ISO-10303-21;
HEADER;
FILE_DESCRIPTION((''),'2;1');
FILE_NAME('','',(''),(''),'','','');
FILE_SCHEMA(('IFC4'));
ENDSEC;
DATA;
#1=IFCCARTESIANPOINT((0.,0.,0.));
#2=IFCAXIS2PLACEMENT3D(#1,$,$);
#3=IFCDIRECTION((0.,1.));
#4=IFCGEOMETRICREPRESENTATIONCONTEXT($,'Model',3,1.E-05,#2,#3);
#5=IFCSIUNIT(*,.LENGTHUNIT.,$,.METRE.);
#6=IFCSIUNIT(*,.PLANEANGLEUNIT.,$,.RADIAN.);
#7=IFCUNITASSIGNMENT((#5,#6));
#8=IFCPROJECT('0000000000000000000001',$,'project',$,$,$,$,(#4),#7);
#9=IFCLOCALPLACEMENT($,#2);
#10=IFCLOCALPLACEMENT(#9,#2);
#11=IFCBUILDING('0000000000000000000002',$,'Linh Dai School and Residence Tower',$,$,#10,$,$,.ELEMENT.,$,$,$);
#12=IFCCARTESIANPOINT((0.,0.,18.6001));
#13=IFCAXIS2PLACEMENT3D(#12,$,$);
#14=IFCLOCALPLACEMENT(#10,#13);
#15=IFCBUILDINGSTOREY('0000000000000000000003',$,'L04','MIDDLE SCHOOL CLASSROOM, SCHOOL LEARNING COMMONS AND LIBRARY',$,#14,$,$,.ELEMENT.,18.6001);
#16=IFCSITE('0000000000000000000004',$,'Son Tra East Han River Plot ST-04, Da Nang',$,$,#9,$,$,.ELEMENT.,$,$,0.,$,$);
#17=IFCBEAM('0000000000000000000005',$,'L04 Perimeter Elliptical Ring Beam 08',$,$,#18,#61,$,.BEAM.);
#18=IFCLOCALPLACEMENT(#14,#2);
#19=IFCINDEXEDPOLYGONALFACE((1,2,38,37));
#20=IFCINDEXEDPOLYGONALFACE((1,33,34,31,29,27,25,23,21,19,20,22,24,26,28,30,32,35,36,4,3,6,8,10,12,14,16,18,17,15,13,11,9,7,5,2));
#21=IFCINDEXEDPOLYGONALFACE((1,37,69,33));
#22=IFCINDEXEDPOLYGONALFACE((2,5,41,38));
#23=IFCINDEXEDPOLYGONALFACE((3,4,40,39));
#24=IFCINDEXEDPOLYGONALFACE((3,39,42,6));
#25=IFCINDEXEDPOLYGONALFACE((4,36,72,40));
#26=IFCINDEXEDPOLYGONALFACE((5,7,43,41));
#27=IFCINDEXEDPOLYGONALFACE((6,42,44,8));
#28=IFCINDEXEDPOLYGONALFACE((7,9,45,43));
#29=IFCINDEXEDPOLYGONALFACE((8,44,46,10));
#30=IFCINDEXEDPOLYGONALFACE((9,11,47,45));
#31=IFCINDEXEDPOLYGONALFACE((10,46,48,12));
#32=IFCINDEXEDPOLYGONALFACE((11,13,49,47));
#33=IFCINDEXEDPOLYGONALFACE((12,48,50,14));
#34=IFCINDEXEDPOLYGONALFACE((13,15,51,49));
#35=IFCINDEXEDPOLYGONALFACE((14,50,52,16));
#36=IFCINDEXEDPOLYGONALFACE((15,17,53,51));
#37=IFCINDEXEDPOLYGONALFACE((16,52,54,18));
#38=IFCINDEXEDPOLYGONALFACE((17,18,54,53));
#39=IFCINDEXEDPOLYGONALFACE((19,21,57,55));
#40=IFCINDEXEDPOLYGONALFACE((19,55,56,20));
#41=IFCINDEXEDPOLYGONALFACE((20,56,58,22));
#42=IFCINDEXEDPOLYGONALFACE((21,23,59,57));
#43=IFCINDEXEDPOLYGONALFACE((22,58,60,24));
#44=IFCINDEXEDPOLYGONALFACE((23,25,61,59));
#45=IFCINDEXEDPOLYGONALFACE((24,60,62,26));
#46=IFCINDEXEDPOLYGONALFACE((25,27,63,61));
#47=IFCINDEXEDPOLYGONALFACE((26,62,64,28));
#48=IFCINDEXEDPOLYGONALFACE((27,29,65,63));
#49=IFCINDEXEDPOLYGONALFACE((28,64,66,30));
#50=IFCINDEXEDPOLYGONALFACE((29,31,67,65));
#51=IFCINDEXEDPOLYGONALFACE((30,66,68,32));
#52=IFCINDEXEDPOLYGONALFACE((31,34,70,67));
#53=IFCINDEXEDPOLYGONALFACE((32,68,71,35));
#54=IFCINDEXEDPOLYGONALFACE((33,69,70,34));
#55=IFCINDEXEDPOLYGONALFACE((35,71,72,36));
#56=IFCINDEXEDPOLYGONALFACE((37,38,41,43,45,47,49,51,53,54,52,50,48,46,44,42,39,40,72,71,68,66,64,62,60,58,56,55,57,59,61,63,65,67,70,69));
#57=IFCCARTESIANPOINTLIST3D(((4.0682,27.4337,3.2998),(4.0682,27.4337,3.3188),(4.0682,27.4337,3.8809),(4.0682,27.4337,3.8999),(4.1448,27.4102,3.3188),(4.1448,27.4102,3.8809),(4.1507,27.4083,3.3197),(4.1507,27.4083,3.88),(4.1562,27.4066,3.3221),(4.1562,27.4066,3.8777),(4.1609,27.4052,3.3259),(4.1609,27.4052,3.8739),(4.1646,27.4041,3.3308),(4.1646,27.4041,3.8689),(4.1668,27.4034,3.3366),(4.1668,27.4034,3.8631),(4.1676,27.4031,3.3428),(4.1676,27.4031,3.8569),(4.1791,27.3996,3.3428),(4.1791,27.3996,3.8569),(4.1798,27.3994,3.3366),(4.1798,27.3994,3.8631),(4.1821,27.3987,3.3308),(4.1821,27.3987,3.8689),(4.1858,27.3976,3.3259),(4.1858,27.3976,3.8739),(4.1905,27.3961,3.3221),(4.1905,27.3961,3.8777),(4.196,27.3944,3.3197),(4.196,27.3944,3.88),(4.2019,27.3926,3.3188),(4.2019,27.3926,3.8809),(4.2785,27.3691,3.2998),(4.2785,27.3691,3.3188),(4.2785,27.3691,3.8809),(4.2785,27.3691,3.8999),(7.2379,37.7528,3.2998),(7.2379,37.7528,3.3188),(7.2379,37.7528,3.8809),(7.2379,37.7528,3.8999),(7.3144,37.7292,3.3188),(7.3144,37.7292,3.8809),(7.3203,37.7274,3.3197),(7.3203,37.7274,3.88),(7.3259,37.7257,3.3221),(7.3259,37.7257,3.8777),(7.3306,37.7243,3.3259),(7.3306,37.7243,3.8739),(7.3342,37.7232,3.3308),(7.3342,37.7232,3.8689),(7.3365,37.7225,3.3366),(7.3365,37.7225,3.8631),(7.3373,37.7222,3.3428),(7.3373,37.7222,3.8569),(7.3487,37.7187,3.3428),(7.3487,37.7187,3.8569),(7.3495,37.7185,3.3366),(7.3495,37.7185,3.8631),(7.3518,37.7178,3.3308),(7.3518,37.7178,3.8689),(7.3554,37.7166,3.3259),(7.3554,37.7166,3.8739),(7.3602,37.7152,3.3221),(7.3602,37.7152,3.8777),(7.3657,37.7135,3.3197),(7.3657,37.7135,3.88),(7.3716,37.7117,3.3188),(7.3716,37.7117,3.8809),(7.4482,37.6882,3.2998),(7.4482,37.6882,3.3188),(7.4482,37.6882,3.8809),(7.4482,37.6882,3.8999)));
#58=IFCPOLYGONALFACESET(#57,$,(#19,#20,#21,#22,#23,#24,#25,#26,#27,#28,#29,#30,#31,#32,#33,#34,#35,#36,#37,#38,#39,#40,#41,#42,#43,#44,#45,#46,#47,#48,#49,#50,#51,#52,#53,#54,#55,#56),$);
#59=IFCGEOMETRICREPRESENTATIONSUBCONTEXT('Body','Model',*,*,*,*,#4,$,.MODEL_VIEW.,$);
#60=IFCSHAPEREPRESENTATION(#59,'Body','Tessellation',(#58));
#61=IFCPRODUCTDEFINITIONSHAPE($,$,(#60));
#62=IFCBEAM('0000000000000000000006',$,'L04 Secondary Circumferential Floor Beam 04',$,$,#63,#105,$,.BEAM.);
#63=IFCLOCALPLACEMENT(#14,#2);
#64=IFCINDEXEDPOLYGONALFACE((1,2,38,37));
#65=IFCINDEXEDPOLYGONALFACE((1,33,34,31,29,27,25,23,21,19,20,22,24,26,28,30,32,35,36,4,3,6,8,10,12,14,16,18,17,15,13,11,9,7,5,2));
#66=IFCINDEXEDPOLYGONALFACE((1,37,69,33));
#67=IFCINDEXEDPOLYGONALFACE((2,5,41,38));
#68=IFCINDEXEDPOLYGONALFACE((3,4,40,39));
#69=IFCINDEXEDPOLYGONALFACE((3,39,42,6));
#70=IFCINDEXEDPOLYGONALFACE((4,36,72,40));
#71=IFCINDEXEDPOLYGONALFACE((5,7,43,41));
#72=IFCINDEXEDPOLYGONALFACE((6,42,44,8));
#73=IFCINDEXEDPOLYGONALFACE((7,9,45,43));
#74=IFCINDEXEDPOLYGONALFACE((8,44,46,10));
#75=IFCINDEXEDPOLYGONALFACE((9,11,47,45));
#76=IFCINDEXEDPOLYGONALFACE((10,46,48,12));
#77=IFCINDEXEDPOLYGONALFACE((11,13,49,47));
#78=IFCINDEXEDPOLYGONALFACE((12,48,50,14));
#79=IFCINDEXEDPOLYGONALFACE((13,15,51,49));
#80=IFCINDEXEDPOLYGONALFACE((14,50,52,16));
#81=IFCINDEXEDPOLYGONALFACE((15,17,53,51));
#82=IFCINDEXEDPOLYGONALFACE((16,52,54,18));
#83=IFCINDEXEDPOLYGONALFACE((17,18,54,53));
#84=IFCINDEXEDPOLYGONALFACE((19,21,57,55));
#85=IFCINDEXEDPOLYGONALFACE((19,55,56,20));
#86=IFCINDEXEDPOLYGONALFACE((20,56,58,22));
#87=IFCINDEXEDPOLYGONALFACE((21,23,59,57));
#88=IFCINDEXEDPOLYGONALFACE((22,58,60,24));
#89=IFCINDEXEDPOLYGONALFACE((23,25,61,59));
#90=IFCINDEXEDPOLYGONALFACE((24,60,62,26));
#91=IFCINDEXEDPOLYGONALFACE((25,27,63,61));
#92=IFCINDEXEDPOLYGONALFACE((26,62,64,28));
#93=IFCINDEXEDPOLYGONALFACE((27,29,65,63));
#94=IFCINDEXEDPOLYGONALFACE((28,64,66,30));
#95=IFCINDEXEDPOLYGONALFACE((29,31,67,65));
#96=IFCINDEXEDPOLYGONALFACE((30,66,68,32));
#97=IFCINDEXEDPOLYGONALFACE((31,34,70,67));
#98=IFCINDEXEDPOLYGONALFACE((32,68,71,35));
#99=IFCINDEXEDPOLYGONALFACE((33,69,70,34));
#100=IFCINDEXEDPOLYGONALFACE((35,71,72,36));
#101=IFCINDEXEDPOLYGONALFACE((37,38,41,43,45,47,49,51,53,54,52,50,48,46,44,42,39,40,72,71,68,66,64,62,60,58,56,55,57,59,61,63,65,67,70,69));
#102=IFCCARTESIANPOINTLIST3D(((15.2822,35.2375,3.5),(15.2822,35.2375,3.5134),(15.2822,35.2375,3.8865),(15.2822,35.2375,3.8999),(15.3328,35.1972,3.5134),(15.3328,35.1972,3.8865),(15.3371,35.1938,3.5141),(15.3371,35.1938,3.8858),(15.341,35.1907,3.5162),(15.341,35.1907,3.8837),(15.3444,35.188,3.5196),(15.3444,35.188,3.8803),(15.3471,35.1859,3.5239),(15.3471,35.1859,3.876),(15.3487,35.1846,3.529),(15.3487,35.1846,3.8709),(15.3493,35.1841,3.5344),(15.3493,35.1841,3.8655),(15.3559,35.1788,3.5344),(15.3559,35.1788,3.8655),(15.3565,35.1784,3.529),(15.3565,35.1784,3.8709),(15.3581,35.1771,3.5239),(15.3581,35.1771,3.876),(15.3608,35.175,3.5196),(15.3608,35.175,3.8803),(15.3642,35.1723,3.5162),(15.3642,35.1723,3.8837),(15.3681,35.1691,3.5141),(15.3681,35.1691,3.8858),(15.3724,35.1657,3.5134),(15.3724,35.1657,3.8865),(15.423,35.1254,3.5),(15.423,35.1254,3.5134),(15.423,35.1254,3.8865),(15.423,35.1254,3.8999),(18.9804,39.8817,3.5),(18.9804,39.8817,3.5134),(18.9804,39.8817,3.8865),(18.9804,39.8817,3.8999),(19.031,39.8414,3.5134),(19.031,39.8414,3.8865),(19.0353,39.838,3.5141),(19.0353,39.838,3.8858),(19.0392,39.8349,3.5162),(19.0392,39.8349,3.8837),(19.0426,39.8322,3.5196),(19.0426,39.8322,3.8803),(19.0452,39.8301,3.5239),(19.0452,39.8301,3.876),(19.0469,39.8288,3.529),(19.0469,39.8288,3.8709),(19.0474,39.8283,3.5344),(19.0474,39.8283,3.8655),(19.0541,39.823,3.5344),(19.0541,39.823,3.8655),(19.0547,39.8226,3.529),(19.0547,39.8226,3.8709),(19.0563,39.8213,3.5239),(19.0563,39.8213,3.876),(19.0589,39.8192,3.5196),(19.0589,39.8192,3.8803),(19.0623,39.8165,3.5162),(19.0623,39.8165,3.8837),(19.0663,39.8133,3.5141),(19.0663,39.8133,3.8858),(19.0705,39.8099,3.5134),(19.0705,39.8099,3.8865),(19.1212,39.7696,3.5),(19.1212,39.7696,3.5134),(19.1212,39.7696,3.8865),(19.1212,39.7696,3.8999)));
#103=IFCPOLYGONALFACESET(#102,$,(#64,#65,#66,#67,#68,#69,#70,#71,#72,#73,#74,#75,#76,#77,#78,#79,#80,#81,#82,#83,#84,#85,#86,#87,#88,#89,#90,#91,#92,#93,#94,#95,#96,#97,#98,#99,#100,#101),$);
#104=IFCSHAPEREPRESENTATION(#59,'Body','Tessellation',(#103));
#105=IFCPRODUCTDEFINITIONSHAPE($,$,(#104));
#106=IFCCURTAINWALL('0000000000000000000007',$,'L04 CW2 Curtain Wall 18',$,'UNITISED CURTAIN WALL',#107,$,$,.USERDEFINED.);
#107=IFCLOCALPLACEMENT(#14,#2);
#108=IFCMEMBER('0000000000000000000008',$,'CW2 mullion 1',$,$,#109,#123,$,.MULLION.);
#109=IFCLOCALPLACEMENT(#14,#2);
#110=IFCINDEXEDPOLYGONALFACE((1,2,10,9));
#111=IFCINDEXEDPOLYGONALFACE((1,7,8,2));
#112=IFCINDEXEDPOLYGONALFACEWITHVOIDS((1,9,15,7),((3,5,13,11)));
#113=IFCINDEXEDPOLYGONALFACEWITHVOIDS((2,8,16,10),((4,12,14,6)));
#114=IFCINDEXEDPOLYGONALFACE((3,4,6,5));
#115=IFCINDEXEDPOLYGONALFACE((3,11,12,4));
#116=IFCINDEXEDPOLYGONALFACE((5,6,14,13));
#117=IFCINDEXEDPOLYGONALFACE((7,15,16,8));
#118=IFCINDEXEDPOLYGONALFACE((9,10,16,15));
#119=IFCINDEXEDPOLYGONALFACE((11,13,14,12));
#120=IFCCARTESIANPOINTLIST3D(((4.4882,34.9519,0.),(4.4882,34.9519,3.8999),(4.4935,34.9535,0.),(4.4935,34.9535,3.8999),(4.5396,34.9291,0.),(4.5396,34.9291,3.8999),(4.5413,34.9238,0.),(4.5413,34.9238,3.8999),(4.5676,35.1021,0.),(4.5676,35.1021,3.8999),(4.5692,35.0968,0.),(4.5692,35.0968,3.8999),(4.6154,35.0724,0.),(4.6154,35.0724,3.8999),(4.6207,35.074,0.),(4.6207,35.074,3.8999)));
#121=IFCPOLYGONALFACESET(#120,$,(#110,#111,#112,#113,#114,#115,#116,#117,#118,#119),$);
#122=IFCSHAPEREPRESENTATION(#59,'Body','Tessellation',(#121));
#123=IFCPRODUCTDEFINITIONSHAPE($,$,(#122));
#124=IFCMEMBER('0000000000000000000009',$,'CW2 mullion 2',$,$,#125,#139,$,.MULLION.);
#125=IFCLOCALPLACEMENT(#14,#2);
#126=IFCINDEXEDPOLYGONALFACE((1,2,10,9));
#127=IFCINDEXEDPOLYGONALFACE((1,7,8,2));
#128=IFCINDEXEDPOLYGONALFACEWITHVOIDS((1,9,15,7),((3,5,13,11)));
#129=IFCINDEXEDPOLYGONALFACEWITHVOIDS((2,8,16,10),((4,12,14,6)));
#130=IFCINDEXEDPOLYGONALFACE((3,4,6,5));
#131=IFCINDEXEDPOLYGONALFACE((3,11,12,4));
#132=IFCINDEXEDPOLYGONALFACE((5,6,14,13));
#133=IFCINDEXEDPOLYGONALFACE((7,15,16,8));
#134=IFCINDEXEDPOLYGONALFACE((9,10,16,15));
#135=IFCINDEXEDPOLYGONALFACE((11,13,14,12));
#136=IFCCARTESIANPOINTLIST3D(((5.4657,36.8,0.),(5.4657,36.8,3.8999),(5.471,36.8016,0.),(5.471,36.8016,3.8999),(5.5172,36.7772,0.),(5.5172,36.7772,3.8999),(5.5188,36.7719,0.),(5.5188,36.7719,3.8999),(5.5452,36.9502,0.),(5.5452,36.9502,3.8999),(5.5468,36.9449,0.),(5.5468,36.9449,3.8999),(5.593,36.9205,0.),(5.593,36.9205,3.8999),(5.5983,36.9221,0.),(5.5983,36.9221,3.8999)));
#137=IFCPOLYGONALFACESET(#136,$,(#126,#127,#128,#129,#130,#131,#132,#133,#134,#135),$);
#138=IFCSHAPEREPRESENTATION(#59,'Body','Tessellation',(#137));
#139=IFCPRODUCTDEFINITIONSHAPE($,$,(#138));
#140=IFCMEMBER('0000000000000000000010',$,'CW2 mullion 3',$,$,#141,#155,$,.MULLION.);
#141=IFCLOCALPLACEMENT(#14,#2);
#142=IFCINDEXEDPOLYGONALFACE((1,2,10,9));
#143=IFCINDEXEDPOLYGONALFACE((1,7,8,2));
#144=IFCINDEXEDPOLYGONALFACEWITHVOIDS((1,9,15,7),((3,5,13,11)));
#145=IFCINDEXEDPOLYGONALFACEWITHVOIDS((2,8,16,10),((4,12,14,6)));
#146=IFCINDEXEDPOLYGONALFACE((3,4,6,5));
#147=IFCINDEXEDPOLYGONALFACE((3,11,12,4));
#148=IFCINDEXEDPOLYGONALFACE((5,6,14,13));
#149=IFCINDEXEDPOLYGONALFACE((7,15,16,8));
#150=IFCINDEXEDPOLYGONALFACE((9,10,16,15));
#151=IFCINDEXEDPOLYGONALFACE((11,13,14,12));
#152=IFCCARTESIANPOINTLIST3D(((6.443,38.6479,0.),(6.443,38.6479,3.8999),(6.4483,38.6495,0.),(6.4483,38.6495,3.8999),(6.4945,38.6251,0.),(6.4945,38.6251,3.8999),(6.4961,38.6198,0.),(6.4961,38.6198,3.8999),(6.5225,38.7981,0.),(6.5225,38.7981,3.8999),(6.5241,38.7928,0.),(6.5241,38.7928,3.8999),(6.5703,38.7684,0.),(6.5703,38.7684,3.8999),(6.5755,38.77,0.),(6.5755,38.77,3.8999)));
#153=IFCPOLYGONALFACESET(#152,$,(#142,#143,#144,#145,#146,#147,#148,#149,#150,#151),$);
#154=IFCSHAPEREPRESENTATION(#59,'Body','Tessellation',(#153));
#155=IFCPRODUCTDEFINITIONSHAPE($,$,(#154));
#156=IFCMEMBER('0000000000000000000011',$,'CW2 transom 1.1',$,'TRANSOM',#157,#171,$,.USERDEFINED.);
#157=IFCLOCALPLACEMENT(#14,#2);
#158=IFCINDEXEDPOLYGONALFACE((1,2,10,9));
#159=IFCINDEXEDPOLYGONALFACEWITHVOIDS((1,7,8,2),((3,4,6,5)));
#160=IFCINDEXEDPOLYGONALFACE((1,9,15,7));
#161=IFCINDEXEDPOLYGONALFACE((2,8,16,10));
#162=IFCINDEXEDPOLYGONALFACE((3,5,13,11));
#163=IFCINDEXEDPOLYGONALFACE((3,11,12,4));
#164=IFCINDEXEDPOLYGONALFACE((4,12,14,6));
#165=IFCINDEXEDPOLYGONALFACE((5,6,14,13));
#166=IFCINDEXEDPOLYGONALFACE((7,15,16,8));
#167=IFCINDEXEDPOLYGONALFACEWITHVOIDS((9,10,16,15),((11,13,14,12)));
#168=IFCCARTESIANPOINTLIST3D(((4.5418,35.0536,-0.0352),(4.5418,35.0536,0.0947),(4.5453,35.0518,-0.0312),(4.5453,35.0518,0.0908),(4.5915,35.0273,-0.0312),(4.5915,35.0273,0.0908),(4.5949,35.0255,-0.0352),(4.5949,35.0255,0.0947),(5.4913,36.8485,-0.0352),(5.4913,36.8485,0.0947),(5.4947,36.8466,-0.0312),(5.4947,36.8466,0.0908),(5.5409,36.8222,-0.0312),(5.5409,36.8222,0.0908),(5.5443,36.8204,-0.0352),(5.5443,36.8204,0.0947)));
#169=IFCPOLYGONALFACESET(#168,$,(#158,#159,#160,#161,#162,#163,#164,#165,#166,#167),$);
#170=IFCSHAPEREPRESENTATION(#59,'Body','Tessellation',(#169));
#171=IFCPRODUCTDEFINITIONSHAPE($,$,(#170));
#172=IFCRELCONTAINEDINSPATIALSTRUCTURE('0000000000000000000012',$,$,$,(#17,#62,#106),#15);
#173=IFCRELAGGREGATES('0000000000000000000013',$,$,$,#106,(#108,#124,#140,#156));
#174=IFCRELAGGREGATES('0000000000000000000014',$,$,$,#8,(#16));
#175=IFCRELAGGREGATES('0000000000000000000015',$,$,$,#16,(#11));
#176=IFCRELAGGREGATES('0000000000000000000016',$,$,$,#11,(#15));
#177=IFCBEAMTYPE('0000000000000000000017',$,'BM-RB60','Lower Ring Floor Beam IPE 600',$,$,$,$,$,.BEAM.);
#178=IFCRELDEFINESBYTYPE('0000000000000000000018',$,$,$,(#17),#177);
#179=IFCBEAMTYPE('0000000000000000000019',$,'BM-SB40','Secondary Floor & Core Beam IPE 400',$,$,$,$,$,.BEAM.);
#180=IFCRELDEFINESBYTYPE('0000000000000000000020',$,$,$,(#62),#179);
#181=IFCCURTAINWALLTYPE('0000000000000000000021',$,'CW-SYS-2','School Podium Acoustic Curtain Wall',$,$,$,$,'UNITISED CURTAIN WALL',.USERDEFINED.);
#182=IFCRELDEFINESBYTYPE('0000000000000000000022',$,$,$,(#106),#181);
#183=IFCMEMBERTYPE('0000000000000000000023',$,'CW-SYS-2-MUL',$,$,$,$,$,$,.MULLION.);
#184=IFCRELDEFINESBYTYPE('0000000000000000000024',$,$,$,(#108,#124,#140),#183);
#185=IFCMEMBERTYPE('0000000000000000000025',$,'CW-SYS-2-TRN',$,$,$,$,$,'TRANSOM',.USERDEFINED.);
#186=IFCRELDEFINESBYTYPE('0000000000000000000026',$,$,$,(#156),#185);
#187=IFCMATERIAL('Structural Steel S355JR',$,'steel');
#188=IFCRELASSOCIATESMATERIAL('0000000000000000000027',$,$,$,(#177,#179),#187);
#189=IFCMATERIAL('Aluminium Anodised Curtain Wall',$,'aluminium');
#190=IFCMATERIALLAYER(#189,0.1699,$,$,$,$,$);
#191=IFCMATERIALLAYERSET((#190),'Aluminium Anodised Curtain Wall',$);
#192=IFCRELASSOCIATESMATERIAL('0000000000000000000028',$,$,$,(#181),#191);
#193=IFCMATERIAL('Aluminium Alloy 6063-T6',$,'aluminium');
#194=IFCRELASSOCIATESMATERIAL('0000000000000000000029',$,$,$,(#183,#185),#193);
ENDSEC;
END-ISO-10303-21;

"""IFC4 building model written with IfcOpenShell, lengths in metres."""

from ifc_helpers import new_model, si_unit, direction, frame, origin, origin_2d, place, context, subcontext, project, spatial, hollow_rectangle, i_section, extrude, source, transform, mapped, material, layer, layer_set, material_profile, profile_set, type_object, element, aggregate, save


model = new_model("IFC4")

# Units and contexts
model_context = context("Model", 3, precision=1e-05, world=origin(), true_north=direction((0.0, 1.0)))
body_context = subcontext(model_context, "Body", "Model", "MODEL_VIEW")
ifc_project = project(units=[si_unit("LENGTHUNIT", "METRE"), si_unit("PLANEANGLEUNIT", "RADIAN")], contexts=[model_context])

# Site, building, storey
site_placement = place(None, origin())
site = spatial("IfcSite", under=ifc_project, at=site_placement, Name="Son Tra East Han River Plot ST-04, Da Nang", CompositionType="ELEMENT", RefElevation=0.0)
building_placement = place(site_placement, origin())
building = spatial("IfcBuilding", under=site, at=building_placement, Name="Linh Dai School and Residence Tower", CompositionType="ELEMENT")
storey_placement = place(building_placement, frame((0.0, 0.0, 18.6001)))
storey = spatial("IfcBuildingStorey", under=building, at=storey_placement, Name="L04", Description="MIDDLE SCHOOL CLASSROOM, SCHOOL LEARNING COMMONS AND LIBRARY", CompositionType="ELEMENT", Elevation=18.6001)

# Shared definitions
ifc_material_1 = material(Name="Structural Steel S355JR", Category="steel")

# Beams
ifc_material_profile_1 = material_profile(ifc_material_1, i_section(OverallWidth=0.22, OverallDepth=0.6001, WebThickness=0.012, FlangeThickness=0.019, FilletRadius=0.0239, at=origin_2d()), Name="IPE 600")
ifc_profile_set_1 = profile_set([ifc_material_profile_1], Name="Structural Steel S355JR")
beam_type_1 = type_object("IfcBeamType", Name="BM-RB60", Description="Lower Ring Floor Beam IPE 600", PredefinedType="BEAM", material=ifc_profile_set_1)
beam_1_placement = place(storey_placement, frame((7.343, 37.7205, 3.5999), z_axis=(-0.293627, -0.95592, 0.0), x_axis=(0.95592, -0.293627, 0.0)))
element("IfcBeam", 1, at=beam_1_placement, inside=storey, type_object=beam_type_1, Name="L04 Perimeter Elliptical Ring Beam 08", PredefinedType="BEAM", context=body_context, shape_type="SweptSolid", body=[
    extrude(i_section(OverallWidth=0.22, OverallDepth=0.6001, WebThickness=0.012, FlangeThickness=0.019, FilletRadius=0.0239, at=origin_2d()), origin(), (0.0, 0.0, 1.0), 10.7949),
])
ifc_material_profile_2 = material_profile(ifc_material_1, i_section(OverallWidth=0.1799, OverallDepth=0.3999, WebThickness=0.0085, FlangeThickness=0.0134, FilletRadius=0.021, at=origin_2d()), Name="IPE 400")
ifc_profile_set_2 = profile_set([ifc_material_profile_2], Name="Structural Steel S355JR")
beam_type_2 = type_object("IfcBeamType", Name="BM-SB40", Description="Secondary Floor & Core Beam IPE 400", PredefinedType="BEAM", material=ifc_profile_set_2)
beam_2_placement = place(storey_placement, frame((19.0508, 39.8257, 3.7), z_axis=(-0.622928, -0.782279, 0.0), x_axis=(0.782279, -0.622928, 0.0)))
element("IfcBeam", 2, at=beam_2_placement, inside=storey, type_object=beam_type_2, Name="L04 Secondary Circumferential Floor Beam 04", PredefinedType="BEAM", context=body_context, shape_type="SweptSolid", body=[
    extrude(i_section(OverallWidth=0.1799, OverallDepth=0.3999, WebThickness=0.0085, FlangeThickness=0.0134, FilletRadius=0.021, at=origin_2d()), origin(), (0.0, 0.0, 1.0), 5.9368),
])

# Curtain wall, members
ifc_material_2 = material(Name="Aluminium Anodised Curtain Wall", Category="aluminium")
ifc_layer_1 = layer(ifc_material_2, 0.1699)
ifc_layer_set_1 = layer_set([ifc_layer_1], Name="Aluminium Anodised Curtain Wall")
curtain_wall_type = type_object("IfcCurtainWallType", Name="CW-SYS-2", Description="School Podium Acoustic Curtain Wall", ElementType="UNITISED CURTAIN WALL", PredefinedType="USERDEFINED", material=ifc_layer_set_1)
curtain_wall_placement = place(storey_placement, origin())
curtain_wall = element("IfcCurtainWall", 3, at=curtain_wall_placement, inside=storey, type_object=curtain_wall_type, Name="L04 CW2 Curtain Wall 18", ObjectType="UNITISED CURTAIN WALL", PredefinedType="USERDEFINED")
ifc_material_3 = material(Name="Aluminium Alloy 6063-T6", Category="aluminium")
ifc_material_profile_3 = material_profile(ifc_material_3, hollow_rectangle(XDim=0.0601, YDim=0.1699, WallThickness=0.0039, at=origin_2d()), Name="RHS 170x60x4")
ifc_profile_set_3 = profile_set([ifc_material_profile_3], Name="Aluminium Alloy 6063-T6")
member_type_1 = type_object("IfcMemberType", Name="CW-SYS-2-MUL", PredefinedType="MULLION", material=ifc_profile_set_3)
shared_shape_1 = source(origin(), body_context, "Body", "SweptSolid", [
    extrude(hollow_rectangle(XDim=0.0601, YDim=0.1699, WallThickness=0.0039, at=origin_2d()), origin(), (0.0, 0.0, 1.0), 3.8999),
])
member_1_placement = place(storey_placement, frame((4.5544, 35.0129, 0.0), z_axis=(0.0, 0.0, 1.0), x_axis=(-0.883964, 0.467555, 0.0)))
member_1 = element("IfcMember", 4, at=member_1_placement, type_object=member_type_1, Name="CW2 mullion 1", PredefinedType="MULLION", context=body_context, shape_type="MappedRepresentation", body=[
    mapped(shared_shape_1, transform((0.0, 0.0, 0.0), x_axis=(1.0, 0.0, 0.0), y_axis=(0.0, 1.0, 0.0), z_axis=(0.0, 0.0, 1.0), scale=1.0)),
])
member_2_placement = place(storey_placement, frame((5.532, 36.8611, 0.0), z_axis=(0.0, 0.0, 1.0), x_axis=(-0.883964, 0.467555, 0.0)))
member_2 = element("IfcMember", 5, at=member_2_placement, type_object=member_type_1, Name="CW2 mullion 2", PredefinedType="MULLION", context=body_context, shape_type="MappedRepresentation", body=[
    mapped(shared_shape_1, transform((0.0, 0.0, 0.0), x_axis=(1.0, 0.0, 0.0), y_axis=(0.0, 1.0, 0.0), z_axis=(0.0, 0.0, 1.0), scale=1.0)),
])
member_3_placement = place(storey_placement, frame((6.5093, 38.709, 0.0), z_axis=(0.0, 0.0, 1.0), x_axis=(-0.883964, 0.467555, 0.0)))
member_3 = element("IfcMember", 6, at=member_3_placement, type_object=member_type_1, Name="CW2 mullion 3", PredefinedType="MULLION", context=body_context, shape_type="MappedRepresentation", body=[
    mapped(shared_shape_1, transform((0.0, 0.0, 0.0), x_axis=(1.0, 0.0, 0.0), y_axis=(0.0, 1.0, 0.0), z_axis=(0.0, 0.0, 1.0), scale=1.0)),
])
ifc_material_profile_4 = material_profile(ifc_material_3, hollow_rectangle(XDim=0.0601, YDim=0.1299, WallThickness=0.0039, at=origin_2d()), Name="RHS 130x60x4")
ifc_profile_set_4 = profile_set([ifc_material_profile_4], Name="Aluminium Alloy 6063-T6")
member_type_2 = type_object("IfcMemberType", Name="CW-SYS-2-TRN", ElementType="TRANSOM", PredefinedType="USERDEFINED", material=ifc_profile_set_4)
shared_shape_2 = source(origin(), body_context, "Body", "SweptSolid", [
    extrude(hollow_rectangle(XDim=0.0601, YDim=0.1299, WallThickness=0.0039, at=origin_2d()), origin(), (0.0, 0.0, 1.0), 2.0305),
])
member_4_placement = place(storey_placement, frame((4.5684, 35.0396, 0.0298), z_axis=(0.467584, 0.883949, 0.0), x_axis=(-0.883949, 0.467584, 0.0)))
member_4 = element("IfcMember", 7, at=member_4_placement, type_object=member_type_2, Name="CW2 transom 1.1", ObjectType="TRANSOM", PredefinedType="USERDEFINED", context=body_context, shape_type="MappedRepresentation", body=[
    mapped(shared_shape_2, transform((0.0, 0.0, 0.0), x_axis=(1.0, 0.0, 0.0), y_axis=(0.0, 1.0, 0.0), z_axis=(0.0, 0.0, 1.0), scale=1.0)),
])

aggregate(curtain_wall, [member_1, member_2, member_3, member_4])

save(model, "model.ifc")
